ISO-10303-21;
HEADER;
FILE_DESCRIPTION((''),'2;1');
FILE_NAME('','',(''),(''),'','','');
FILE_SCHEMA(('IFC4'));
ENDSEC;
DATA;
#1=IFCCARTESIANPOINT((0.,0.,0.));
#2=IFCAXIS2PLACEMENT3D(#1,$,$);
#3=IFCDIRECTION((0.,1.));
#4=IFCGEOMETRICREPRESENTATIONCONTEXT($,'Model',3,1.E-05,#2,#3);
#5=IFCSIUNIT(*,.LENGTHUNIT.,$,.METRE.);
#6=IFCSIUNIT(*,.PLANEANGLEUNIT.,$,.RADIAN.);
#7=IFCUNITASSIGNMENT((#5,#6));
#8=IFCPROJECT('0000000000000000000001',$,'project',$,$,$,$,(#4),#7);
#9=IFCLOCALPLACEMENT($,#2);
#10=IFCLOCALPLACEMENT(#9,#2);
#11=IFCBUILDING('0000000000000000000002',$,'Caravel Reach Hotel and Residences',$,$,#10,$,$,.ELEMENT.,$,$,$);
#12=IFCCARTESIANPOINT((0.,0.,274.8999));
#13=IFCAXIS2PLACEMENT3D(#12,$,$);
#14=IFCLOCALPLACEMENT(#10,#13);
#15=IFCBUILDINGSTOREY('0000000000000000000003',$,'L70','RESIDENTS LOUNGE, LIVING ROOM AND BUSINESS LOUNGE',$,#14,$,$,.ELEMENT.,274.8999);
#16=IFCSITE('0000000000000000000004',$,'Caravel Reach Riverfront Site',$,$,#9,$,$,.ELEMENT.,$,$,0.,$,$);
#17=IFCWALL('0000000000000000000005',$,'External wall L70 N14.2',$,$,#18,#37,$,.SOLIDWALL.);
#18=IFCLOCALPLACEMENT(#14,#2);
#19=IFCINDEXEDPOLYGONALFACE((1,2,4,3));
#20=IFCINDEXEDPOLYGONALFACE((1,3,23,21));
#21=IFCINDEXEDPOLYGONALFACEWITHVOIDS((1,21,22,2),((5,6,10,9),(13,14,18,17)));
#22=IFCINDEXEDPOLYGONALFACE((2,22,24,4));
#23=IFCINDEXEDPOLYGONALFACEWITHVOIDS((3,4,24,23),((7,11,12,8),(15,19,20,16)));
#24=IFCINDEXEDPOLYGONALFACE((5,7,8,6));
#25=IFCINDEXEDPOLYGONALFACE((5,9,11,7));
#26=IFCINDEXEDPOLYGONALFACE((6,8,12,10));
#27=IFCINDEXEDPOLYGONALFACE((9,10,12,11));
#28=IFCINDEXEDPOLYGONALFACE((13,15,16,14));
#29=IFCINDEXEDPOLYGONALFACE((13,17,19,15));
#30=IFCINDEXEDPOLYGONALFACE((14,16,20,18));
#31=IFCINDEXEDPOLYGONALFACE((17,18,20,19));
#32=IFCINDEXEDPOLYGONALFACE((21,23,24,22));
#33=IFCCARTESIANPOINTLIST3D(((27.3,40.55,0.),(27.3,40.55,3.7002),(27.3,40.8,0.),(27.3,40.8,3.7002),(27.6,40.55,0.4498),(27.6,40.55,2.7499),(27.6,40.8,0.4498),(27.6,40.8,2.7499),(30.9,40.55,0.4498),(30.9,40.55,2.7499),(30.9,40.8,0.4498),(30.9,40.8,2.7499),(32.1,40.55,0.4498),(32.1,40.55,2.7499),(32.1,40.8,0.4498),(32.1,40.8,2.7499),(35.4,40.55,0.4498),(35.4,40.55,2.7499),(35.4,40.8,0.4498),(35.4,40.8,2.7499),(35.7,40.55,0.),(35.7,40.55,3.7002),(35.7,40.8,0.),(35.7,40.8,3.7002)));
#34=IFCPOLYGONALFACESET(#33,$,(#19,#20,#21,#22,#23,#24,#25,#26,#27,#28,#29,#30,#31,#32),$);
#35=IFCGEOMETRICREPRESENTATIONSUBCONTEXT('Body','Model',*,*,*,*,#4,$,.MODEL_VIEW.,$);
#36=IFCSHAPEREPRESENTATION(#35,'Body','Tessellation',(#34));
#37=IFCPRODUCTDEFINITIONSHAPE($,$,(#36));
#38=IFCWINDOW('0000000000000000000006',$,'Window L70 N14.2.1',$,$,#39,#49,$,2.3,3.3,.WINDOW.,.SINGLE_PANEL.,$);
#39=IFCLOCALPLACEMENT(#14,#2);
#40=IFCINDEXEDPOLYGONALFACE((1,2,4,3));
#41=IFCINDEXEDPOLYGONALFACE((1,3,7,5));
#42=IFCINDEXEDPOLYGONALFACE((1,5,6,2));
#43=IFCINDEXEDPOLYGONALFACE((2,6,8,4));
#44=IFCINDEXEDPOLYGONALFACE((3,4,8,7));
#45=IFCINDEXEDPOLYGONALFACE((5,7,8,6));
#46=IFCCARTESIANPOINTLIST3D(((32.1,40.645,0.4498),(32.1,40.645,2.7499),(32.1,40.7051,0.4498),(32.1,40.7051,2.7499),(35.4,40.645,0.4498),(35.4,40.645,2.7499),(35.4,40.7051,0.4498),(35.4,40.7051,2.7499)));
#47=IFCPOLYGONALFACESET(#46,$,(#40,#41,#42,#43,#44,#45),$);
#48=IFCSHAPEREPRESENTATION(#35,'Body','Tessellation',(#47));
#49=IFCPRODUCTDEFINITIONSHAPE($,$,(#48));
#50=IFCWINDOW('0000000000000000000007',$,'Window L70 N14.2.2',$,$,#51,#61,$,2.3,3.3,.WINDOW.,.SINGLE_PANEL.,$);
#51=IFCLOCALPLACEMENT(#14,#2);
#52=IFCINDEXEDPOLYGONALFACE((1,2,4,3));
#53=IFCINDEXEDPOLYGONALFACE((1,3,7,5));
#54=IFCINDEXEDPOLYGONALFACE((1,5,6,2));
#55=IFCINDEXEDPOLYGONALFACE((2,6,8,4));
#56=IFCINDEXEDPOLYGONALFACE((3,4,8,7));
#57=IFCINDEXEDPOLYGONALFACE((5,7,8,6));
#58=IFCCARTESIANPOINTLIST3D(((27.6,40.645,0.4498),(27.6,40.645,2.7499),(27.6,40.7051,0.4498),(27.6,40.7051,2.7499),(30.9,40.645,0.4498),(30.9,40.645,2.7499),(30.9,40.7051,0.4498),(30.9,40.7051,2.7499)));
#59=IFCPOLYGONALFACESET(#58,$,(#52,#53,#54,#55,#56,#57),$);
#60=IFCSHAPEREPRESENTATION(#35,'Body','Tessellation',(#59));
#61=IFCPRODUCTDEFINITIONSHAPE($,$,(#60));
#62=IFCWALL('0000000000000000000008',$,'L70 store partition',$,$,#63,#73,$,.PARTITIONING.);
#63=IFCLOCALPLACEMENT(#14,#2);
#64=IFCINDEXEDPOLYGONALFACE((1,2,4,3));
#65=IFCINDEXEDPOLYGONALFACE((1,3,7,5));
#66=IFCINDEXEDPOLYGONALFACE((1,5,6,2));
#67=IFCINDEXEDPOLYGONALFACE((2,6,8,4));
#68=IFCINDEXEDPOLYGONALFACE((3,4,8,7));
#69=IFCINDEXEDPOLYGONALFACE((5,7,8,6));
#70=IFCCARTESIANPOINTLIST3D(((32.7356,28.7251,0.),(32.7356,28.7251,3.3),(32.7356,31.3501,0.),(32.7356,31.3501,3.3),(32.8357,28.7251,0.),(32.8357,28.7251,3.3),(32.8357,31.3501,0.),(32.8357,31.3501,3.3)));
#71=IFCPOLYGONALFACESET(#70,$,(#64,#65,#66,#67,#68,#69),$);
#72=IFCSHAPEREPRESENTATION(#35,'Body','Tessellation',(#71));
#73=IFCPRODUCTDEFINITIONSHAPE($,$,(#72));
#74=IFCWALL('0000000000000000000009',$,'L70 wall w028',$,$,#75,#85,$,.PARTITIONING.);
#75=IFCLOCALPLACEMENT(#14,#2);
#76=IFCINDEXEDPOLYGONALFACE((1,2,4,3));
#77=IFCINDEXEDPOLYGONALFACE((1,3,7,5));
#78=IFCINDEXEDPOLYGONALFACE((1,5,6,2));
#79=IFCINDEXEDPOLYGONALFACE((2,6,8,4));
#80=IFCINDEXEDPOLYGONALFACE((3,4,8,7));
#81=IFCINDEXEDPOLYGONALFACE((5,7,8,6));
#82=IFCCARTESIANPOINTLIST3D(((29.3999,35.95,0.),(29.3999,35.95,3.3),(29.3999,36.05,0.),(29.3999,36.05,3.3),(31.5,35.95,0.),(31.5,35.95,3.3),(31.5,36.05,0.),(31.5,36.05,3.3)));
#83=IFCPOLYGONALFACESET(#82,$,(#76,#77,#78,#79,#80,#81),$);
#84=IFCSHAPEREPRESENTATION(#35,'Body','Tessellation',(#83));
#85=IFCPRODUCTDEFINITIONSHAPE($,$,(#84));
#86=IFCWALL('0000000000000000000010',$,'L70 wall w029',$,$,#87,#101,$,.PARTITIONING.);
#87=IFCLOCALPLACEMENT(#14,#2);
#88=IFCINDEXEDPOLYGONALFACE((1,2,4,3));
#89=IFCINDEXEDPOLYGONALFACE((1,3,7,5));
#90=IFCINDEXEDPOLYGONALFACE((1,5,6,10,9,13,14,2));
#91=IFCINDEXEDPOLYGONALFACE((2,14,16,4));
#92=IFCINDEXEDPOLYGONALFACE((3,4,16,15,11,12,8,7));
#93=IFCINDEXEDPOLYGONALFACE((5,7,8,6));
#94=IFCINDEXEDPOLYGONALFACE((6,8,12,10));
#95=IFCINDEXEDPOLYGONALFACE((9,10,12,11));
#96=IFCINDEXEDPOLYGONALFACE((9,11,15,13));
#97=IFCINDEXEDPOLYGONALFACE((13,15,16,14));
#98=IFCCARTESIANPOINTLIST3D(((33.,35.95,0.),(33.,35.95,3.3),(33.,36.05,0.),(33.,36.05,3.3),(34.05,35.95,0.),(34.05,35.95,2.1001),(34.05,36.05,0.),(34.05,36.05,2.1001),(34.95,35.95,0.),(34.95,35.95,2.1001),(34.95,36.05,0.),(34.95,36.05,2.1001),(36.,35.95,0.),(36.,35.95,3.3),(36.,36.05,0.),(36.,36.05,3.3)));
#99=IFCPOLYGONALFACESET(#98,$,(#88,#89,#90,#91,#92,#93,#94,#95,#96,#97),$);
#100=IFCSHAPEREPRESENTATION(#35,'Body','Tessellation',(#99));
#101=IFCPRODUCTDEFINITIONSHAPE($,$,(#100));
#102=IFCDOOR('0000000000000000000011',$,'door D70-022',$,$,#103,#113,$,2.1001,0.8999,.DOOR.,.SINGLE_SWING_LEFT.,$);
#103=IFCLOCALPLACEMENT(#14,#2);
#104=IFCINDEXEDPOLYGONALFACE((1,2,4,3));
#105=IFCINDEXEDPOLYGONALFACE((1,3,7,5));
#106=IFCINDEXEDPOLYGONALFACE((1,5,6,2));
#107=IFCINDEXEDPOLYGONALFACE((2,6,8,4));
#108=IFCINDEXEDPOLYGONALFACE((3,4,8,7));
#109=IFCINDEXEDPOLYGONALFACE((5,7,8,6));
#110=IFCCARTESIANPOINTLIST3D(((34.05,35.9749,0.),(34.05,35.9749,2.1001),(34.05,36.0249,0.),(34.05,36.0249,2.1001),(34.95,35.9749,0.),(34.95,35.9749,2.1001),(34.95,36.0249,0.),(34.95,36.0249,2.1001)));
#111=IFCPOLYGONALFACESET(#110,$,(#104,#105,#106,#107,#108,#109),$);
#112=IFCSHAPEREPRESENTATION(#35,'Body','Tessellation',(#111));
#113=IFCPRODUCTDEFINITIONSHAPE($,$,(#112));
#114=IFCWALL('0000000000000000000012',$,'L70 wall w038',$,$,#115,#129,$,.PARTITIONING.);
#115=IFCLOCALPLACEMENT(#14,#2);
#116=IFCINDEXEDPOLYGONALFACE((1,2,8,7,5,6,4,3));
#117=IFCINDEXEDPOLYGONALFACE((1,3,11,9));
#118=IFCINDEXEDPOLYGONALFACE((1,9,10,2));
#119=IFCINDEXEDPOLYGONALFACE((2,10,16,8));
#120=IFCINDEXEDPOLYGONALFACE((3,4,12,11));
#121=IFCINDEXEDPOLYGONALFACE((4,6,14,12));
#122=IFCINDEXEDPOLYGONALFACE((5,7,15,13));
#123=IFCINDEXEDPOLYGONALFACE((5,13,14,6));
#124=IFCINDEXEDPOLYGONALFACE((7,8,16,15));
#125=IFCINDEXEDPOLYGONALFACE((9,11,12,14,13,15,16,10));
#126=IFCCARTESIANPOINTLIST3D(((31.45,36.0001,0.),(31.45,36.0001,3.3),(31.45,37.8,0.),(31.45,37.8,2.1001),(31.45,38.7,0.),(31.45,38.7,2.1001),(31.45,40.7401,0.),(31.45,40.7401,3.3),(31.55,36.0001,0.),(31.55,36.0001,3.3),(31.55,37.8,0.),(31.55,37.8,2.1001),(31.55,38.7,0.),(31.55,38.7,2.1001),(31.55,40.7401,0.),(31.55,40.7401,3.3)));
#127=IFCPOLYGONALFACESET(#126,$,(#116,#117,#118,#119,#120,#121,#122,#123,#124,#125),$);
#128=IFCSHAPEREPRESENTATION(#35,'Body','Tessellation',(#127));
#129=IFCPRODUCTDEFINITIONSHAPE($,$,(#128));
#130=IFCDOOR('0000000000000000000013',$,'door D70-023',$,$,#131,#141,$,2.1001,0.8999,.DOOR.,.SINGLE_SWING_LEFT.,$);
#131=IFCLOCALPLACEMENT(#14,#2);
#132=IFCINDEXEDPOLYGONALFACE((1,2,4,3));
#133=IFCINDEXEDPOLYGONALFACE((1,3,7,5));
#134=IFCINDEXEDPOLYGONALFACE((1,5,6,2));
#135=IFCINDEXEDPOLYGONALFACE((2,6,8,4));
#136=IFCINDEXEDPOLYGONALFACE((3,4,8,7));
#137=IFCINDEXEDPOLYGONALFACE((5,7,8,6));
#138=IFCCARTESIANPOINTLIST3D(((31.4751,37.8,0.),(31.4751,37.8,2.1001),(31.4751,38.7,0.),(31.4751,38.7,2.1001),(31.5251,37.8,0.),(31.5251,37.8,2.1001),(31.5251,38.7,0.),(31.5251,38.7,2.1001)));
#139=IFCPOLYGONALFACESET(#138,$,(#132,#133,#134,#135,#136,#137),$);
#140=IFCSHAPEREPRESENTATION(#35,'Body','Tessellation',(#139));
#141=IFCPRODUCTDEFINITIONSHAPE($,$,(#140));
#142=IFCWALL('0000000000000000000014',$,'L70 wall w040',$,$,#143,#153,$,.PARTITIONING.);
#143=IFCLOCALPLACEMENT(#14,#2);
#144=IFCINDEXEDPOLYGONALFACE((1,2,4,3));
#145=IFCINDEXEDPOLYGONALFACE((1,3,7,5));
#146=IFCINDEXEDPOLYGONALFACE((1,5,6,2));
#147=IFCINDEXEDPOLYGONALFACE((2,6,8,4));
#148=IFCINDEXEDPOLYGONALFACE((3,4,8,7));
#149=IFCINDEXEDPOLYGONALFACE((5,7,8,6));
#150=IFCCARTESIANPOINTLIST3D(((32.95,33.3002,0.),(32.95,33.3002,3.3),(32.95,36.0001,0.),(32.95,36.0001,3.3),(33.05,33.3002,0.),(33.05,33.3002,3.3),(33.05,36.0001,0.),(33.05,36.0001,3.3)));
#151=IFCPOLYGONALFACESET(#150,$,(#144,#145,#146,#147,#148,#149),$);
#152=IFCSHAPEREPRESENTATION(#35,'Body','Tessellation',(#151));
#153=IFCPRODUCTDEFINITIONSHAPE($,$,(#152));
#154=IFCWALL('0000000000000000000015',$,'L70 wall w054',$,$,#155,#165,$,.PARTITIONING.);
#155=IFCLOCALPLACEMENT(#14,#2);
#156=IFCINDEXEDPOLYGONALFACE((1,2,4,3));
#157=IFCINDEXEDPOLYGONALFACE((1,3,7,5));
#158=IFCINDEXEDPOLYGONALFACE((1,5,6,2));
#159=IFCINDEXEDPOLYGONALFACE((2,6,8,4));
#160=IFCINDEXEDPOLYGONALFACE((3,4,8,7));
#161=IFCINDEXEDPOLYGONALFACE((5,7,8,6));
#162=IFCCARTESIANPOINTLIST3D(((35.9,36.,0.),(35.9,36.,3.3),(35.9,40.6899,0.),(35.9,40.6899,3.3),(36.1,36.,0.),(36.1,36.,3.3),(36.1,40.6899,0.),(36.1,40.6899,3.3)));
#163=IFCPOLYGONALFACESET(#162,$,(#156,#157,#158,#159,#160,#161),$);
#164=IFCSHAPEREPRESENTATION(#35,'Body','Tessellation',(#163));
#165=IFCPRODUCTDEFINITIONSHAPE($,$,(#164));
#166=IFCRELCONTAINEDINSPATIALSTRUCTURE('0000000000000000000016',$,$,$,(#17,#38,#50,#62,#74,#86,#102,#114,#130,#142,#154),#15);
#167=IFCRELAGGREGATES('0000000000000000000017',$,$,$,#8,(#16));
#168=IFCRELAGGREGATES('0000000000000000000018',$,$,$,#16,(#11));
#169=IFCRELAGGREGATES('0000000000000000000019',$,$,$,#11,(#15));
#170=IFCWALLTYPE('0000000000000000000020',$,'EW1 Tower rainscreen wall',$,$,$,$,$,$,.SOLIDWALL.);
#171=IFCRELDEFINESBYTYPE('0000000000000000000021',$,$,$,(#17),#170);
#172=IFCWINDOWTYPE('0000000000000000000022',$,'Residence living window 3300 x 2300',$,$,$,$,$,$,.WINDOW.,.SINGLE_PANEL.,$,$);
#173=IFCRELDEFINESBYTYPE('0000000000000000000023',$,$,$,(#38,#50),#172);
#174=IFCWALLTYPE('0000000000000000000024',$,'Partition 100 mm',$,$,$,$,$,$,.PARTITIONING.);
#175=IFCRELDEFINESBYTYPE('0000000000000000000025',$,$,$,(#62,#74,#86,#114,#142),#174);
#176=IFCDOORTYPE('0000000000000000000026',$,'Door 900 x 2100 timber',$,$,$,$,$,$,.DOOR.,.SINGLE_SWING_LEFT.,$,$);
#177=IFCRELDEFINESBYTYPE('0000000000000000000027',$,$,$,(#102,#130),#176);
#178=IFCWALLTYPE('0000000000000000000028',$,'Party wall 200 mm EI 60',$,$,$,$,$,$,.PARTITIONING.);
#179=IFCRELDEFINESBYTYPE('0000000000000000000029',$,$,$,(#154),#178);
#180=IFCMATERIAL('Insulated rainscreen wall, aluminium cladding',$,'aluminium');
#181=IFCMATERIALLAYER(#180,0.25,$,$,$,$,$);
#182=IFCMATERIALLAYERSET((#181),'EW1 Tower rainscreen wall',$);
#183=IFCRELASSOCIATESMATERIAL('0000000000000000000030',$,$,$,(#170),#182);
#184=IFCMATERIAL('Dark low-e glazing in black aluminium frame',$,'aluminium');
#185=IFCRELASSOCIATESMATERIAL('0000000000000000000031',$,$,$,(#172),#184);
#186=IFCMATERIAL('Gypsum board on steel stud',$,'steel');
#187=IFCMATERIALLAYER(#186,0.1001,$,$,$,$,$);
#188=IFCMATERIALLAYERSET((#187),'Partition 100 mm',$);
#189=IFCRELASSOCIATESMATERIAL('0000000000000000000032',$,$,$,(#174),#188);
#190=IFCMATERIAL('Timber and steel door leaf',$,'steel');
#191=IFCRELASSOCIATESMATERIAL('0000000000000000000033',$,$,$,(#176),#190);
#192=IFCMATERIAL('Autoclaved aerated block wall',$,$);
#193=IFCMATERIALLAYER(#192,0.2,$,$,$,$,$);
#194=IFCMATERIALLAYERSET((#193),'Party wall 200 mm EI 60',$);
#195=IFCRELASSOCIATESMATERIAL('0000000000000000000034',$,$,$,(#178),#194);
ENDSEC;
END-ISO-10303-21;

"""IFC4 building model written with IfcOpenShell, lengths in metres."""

from ifc_helpers import new_model, si_unit, direction, frame, frame_2d, origin, place, context, subcontext, project, spatial, rectangle, extrude, material, layer, layer_set, type_object, element, fill, save


model = new_model("IFC4")

# Units and contexts
model_context = context("Model", 3, precision=1e-05, world=origin(), true_north=direction((0.0, 1.0)))
body_context = subcontext(model_context, "Body", "Model", "MODEL_VIEW")
ifc_project = project(units=[si_unit("LENGTHUNIT", "METRE"), si_unit("PLANEANGLEUNIT", "RADIAN")], contexts=[model_context])

# Site, building, storey
site_placement = place(None, origin())
site = spatial("IfcSite", under=ifc_project, at=site_placement, Name="Caravel Reach Riverfront Site", CompositionType="ELEMENT", RefElevation=0.0)
building_placement = place(site_placement, origin())
building = spatial("IfcBuilding", under=site, at=building_placement, Name="Caravel Reach Hotel and Residences", CompositionType="ELEMENT")
storey_placement = place(building_placement, frame((0.0, 0.0, 274.8999)))
storey = spatial("IfcBuildingStorey", under=building, at=storey_placement, Name="L70", Description="RESIDENTS LOUNGE, LIVING ROOM AND BUSINESS LOUNGE", CompositionType="ELEMENT", Elevation=274.8999)

# Wall, openings, windows
ifc_material_1 = material(Name="Insulated rainscreen wall, aluminium cladding", Category="aluminium")
ifc_layer_1 = layer(ifc_material_1, 0.25)
ifc_layer_set_1 = layer_set([ifc_layer_1], Name="EW1 Tower rainscreen wall")
wall_type_1 = type_object("IfcWallType", Name="EW1 Tower rainscreen wall", PredefinedType="SOLIDWALL", material=ifc_layer_set_1)
wall_1_placement = place(storey_placement, frame((35.7, 40.675, 0.0), z_axis=(0.0, 0.0, 1.0), x_axis=(-1.0, 0.0, 0.0)))
wall_1 = element("IfcWall", 1, at=wall_1_placement, inside=storey, type_object=wall_type_1, Name="External wall L70 N14.2", PredefinedType="SOLIDWALL", context=body_context, shape_type="SweptSolid", body=[
    extrude(rectangle(XDim=8.3999, YDim=0.25, at=frame_2d((4.2, 0.0))), origin(), (0.0, 0.0, 1.0), 3.7002),
])
opening_1_placement = place(wall_1_placement, frame((0.3, 0.0, 0.45)))
opening_1 = element("IfcOpeningElement", 2, at=opening_1_placement, cuts=wall_1, PredefinedType="OPENING", context=body_context, shape_type="SweptSolid", body=[
    extrude(rectangle(XDim=3.3, YDim=2.3, at=frame_2d((1.6499, 1.1499))), frame((0.0, 0.135, 0.0), z_axis=(0.0, -1.0, 0.0), x_axis=(1.0, 0.0, 0.0)), (0.0, 0.0, 1.0), 0.27),
])
opening_2_placement = place(wall_1_placement, frame((4.8, 0.0, 0.45)))
opening_2 = element("IfcOpeningElement", 3, at=opening_2_placement, cuts=wall_1, PredefinedType="OPENING", context=body_context, shape_type="SweptSolid", body=[
    extrude(rectangle(XDim=3.3, YDim=2.3, at=frame_2d((1.6499, 1.1499))), frame((0.0, 0.135, 0.0), z_axis=(0.0, -1.0, 0.0), x_axis=(1.0, 0.0, 0.0)), (0.0, 0.0, 1.0), 0.27),
])
ifc_material_2 = material(Name="Dark low-e glazing in black aluminium frame", Category="aluminium")
window_type = type_object("IfcWindowType", Name="Residence living window 3300 x 2300", PartitioningType="SINGLE_PANEL", PredefinedType="WINDOW", material=ifc_material_2)
window_1_placement = place(opening_1_placement, origin())
window_1 = element("IfcWindow", 4, at=window_1_placement, inside=storey, type_object=window_type, Name="Window L70 N14.2.1", OverallHeight=2.3, OverallWidth=3.3, PartitioningType="SINGLE_PANEL", PredefinedType="WINDOW", context=body_context, shape_type="SweptSolid", body=[
    extrude(rectangle(XDim=3.3, YDim=2.3, at=frame_2d((1.6499, 1.1499))), frame((0.0, 0.03, 0.0), z_axis=(0.0, -1.0, 0.0), x_axis=(1.0, 0.0, 0.0)), (0.0, 0.0, 1.0), 0.0601),
])
fill(opening_1, window_1)
window_2_placement = place(opening_2_placement, origin())
window_2 = element("IfcWindow", 5, at=window_2_placement, inside=storey, type_object=window_type, Name="Window L70 N14.2.2", OverallHeight=2.3, OverallWidth=3.3, PartitioningType="SINGLE_PANEL", PredefinedType="WINDOW", context=body_context, shape_type="SweptSolid", body=[
    extrude(rectangle(XDim=3.3, YDim=2.3, at=frame_2d((1.6499, 1.1499))), frame((0.0, 0.03, 0.0), z_axis=(0.0, -1.0, 0.0), x_axis=(1.0, 0.0, 0.0)), (0.0, 0.0, 1.0), 0.0601),
])
fill(opening_2, window_2)

# Walls
ifc_material_3 = material(Name="Gypsum board on steel stud", Category="steel")
ifc_layer_2 = layer(ifc_material_3, 0.1001)
ifc_layer_set_2 = layer_set([ifc_layer_2], Name="Partition 100 mm")
wall_type_2 = type_object("IfcWallType", Name="Partition 100 mm", PredefinedType="PARTITIONING", material=ifc_layer_set_2)
wall_2_placement = place(storey_placement, frame((32.7856, 28.7251, 0.0), z_axis=(0.0, 0.0, 1.0), x_axis=(0.0, 1.0, 0.0)))
element("IfcWall", 6, at=wall_2_placement, inside=storey, type_object=wall_type_2, Name="L70 store partition", PredefinedType="PARTITIONING", context=body_context, shape_type="SweptSolid", body=[
    extrude(rectangle(XDim=2.625, YDim=0.1001, at=frame_2d((1.3125, 0.0))), origin(), (0.0, 0.0, 1.0), 3.3),
])
wall_3_placement = place(storey_placement, frame((29.3999, 36.0, 0.0), z_axis=(0.0, 0.0, 1.0), x_axis=(1.0, 0.0, 0.0)))
element("IfcWall", 7, at=wall_3_placement, inside=storey, type_object=wall_type_2, Name="L70 wall w028", PredefinedType="PARTITIONING", context=body_context, shape_type="SweptSolid", body=[
    extrude(rectangle(XDim=2.1001, YDim=0.1001, at=frame_2d((1.05, 0.0))), origin(), (0.0, 0.0, 1.0), 3.3),
])

# Walls, openings, doors
wall_4_placement = place(storey_placement, frame((33.0, 36.0, 0.0), z_axis=(0.0, 0.0, 1.0), x_axis=(1.0, 0.0, 0.0)))
wall_4 = element("IfcWall", 8, at=wall_4_placement, inside=storey, type_object=wall_type_2, Name="L70 wall w029", PredefinedType="PARTITIONING", context=body_context, shape_type="SweptSolid", body=[
    extrude(rectangle(XDim=3.0, YDim=0.1001, at=frame_2d((1.5, 0.0))), origin(), (0.0, 0.0, 1.0), 3.3),
])
opening_3_placement = place(wall_4_placement, frame((1.05, 0.0, 0.0)))
opening_3 = element("IfcOpeningElement", 9, at=opening_3_placement, cuts=wall_4, PredefinedType="OPENING", context=body_context, shape_type="SweptSolid", body=[
    extrude(rectangle(XDim=0.8999, YDim=2.1001, at=frame_2d((0.45, 1.05))), frame((0.0, 0.0601, 0.0), z_axis=(0.0, -1.0, 0.0), x_axis=(1.0, 0.0, 0.0)), (0.0, 0.0, 1.0), 0.1201),
])
ifc_material_4 = material(Name="Timber and steel door leaf", Category="steel")
door_type_1 = type_object("IfcDoorType", Name="Door 900 x 2100 timber", OperationType="SINGLE_SWING_LEFT", PredefinedType="DOOR", material=ifc_material_4)
door_1_placement = place(opening_3_placement, origin())
door_1 = element("IfcDoor", 10, at=door_1_placement, inside=storey, type_object=door_type_1, Name="door D70-022", OperationType="SINGLE_SWING_LEFT", OverallHeight=2.1001, OverallWidth=0.8999, PredefinedType="DOOR", context=body_context, shape_type="SweptSolid", body=[
    extrude(rectangle(XDim=0.8999, YDim=2.1001, at=frame_2d((0.45, 1.05))), frame((0.0, 0.0249, 0.0), z_axis=(0.0, -1.0, 0.0), x_axis=(1.0, 0.0, 0.0)), (0.0, 0.0, 1.0), 0.05),
])
fill(opening_3, door_1)
wall_5_placement = place(storey_placement, frame((31.5, 36.0, 0.0), z_axis=(0.0, 0.0, 1.0), x_axis=(0.0, 1.0, 0.0)))
wall_5 = element("IfcWall", 11, at=wall_5_placement, inside=storey, type_object=wall_type_2, Name="L70 wall w038", PredefinedType="PARTITIONING", context=body_context, shape_type="SweptSolid", body=[
    extrude(rectangle(XDim=4.74, YDim=0.1001, at=frame_2d((2.3701, 0.0))), origin(), (0.0, 0.0, 1.0), 3.3),
])
opening_4_placement = place(wall_5_placement, frame((1.8, 0.0, 0.0)))
opening_4 = element("IfcOpeningElement", 12, at=opening_4_placement, cuts=wall_5, PredefinedType="OPENING", context=body_context, shape_type="SweptSolid", body=[
    extrude(rectangle(XDim=0.8999, YDim=2.1001, at=frame_2d((0.45, 1.05))), frame((0.0, 0.0601, 0.0), z_axis=(0.0, -1.0, 0.0), x_axis=(1.0, 0.0, 0.0)), (0.0, 0.0, 1.0), 0.1201),
])
door_2_placement = place(opening_4_placement, origin())
door_2 = element("IfcDoor", 13, at=door_2_placement, inside=storey, type_object=door_type_1, Name="door D70-023", OperationType="SINGLE_SWING_LEFT", OverallHeight=2.1001, OverallWidth=0.8999, PredefinedType="DOOR", context=body_context, shape_type="SweptSolid", body=[
    extrude(rectangle(XDim=0.8999, YDim=2.1001, at=frame_2d((0.45, 1.05))), frame((0.0, 0.0249, 0.0), z_axis=(0.0, -1.0, 0.0), x_axis=(1.0, 0.0, 0.0)), (0.0, 0.0, 1.0), 0.05),
])
fill(opening_4, door_2)

# Walls
wall_6_placement = place(storey_placement, frame((33.0, 33.3, 0.0), z_axis=(0.0, 0.0, 1.0), x_axis=(0.0, 1.0, 0.0)))
element("IfcWall", 14, at=wall_6_placement, inside=storey, type_object=wall_type_2, Name="L70 wall w040", PredefinedType="PARTITIONING", context=body_context, shape_type="SweptSolid", body=[
    extrude(rectangle(XDim=2.7, YDim=0.1001, at=frame_2d((1.3501, 0.0))), origin(), (0.0, 0.0, 1.0), 3.3),
])
ifc_material_5 = material(Name="Autoclaved aerated block wall")
ifc_layer_3 = layer(ifc_material_5, 0.2)
ifc_layer_set_3 = layer_set([ifc_layer_3], Name="Party wall 200 mm EI 60")
wall_type_3 = type_object("IfcWallType", Name="Party wall 200 mm EI 60", PredefinedType="PARTITIONING", material=ifc_layer_set_3)
wall_7_placement = place(storey_placement, frame((36.0, 36.0, 0.0), z_axis=(0.0, 0.0, 1.0), x_axis=(0.0, 1.0, 0.0)))
element("IfcWall", 15, at=wall_7_placement, inside=storey, type_object=wall_type_3, Name="L70 wall w054", PredefinedType="PARTITIONING", context=body_context, shape_type="SweptSolid", body=[
    extrude(rectangle(XDim=4.6899, YDim=0.2, at=frame_2d((2.345, 0.0))), origin(), (0.0, 0.0, 1.0), 3.3),
])

save(model, "model.ifc")
